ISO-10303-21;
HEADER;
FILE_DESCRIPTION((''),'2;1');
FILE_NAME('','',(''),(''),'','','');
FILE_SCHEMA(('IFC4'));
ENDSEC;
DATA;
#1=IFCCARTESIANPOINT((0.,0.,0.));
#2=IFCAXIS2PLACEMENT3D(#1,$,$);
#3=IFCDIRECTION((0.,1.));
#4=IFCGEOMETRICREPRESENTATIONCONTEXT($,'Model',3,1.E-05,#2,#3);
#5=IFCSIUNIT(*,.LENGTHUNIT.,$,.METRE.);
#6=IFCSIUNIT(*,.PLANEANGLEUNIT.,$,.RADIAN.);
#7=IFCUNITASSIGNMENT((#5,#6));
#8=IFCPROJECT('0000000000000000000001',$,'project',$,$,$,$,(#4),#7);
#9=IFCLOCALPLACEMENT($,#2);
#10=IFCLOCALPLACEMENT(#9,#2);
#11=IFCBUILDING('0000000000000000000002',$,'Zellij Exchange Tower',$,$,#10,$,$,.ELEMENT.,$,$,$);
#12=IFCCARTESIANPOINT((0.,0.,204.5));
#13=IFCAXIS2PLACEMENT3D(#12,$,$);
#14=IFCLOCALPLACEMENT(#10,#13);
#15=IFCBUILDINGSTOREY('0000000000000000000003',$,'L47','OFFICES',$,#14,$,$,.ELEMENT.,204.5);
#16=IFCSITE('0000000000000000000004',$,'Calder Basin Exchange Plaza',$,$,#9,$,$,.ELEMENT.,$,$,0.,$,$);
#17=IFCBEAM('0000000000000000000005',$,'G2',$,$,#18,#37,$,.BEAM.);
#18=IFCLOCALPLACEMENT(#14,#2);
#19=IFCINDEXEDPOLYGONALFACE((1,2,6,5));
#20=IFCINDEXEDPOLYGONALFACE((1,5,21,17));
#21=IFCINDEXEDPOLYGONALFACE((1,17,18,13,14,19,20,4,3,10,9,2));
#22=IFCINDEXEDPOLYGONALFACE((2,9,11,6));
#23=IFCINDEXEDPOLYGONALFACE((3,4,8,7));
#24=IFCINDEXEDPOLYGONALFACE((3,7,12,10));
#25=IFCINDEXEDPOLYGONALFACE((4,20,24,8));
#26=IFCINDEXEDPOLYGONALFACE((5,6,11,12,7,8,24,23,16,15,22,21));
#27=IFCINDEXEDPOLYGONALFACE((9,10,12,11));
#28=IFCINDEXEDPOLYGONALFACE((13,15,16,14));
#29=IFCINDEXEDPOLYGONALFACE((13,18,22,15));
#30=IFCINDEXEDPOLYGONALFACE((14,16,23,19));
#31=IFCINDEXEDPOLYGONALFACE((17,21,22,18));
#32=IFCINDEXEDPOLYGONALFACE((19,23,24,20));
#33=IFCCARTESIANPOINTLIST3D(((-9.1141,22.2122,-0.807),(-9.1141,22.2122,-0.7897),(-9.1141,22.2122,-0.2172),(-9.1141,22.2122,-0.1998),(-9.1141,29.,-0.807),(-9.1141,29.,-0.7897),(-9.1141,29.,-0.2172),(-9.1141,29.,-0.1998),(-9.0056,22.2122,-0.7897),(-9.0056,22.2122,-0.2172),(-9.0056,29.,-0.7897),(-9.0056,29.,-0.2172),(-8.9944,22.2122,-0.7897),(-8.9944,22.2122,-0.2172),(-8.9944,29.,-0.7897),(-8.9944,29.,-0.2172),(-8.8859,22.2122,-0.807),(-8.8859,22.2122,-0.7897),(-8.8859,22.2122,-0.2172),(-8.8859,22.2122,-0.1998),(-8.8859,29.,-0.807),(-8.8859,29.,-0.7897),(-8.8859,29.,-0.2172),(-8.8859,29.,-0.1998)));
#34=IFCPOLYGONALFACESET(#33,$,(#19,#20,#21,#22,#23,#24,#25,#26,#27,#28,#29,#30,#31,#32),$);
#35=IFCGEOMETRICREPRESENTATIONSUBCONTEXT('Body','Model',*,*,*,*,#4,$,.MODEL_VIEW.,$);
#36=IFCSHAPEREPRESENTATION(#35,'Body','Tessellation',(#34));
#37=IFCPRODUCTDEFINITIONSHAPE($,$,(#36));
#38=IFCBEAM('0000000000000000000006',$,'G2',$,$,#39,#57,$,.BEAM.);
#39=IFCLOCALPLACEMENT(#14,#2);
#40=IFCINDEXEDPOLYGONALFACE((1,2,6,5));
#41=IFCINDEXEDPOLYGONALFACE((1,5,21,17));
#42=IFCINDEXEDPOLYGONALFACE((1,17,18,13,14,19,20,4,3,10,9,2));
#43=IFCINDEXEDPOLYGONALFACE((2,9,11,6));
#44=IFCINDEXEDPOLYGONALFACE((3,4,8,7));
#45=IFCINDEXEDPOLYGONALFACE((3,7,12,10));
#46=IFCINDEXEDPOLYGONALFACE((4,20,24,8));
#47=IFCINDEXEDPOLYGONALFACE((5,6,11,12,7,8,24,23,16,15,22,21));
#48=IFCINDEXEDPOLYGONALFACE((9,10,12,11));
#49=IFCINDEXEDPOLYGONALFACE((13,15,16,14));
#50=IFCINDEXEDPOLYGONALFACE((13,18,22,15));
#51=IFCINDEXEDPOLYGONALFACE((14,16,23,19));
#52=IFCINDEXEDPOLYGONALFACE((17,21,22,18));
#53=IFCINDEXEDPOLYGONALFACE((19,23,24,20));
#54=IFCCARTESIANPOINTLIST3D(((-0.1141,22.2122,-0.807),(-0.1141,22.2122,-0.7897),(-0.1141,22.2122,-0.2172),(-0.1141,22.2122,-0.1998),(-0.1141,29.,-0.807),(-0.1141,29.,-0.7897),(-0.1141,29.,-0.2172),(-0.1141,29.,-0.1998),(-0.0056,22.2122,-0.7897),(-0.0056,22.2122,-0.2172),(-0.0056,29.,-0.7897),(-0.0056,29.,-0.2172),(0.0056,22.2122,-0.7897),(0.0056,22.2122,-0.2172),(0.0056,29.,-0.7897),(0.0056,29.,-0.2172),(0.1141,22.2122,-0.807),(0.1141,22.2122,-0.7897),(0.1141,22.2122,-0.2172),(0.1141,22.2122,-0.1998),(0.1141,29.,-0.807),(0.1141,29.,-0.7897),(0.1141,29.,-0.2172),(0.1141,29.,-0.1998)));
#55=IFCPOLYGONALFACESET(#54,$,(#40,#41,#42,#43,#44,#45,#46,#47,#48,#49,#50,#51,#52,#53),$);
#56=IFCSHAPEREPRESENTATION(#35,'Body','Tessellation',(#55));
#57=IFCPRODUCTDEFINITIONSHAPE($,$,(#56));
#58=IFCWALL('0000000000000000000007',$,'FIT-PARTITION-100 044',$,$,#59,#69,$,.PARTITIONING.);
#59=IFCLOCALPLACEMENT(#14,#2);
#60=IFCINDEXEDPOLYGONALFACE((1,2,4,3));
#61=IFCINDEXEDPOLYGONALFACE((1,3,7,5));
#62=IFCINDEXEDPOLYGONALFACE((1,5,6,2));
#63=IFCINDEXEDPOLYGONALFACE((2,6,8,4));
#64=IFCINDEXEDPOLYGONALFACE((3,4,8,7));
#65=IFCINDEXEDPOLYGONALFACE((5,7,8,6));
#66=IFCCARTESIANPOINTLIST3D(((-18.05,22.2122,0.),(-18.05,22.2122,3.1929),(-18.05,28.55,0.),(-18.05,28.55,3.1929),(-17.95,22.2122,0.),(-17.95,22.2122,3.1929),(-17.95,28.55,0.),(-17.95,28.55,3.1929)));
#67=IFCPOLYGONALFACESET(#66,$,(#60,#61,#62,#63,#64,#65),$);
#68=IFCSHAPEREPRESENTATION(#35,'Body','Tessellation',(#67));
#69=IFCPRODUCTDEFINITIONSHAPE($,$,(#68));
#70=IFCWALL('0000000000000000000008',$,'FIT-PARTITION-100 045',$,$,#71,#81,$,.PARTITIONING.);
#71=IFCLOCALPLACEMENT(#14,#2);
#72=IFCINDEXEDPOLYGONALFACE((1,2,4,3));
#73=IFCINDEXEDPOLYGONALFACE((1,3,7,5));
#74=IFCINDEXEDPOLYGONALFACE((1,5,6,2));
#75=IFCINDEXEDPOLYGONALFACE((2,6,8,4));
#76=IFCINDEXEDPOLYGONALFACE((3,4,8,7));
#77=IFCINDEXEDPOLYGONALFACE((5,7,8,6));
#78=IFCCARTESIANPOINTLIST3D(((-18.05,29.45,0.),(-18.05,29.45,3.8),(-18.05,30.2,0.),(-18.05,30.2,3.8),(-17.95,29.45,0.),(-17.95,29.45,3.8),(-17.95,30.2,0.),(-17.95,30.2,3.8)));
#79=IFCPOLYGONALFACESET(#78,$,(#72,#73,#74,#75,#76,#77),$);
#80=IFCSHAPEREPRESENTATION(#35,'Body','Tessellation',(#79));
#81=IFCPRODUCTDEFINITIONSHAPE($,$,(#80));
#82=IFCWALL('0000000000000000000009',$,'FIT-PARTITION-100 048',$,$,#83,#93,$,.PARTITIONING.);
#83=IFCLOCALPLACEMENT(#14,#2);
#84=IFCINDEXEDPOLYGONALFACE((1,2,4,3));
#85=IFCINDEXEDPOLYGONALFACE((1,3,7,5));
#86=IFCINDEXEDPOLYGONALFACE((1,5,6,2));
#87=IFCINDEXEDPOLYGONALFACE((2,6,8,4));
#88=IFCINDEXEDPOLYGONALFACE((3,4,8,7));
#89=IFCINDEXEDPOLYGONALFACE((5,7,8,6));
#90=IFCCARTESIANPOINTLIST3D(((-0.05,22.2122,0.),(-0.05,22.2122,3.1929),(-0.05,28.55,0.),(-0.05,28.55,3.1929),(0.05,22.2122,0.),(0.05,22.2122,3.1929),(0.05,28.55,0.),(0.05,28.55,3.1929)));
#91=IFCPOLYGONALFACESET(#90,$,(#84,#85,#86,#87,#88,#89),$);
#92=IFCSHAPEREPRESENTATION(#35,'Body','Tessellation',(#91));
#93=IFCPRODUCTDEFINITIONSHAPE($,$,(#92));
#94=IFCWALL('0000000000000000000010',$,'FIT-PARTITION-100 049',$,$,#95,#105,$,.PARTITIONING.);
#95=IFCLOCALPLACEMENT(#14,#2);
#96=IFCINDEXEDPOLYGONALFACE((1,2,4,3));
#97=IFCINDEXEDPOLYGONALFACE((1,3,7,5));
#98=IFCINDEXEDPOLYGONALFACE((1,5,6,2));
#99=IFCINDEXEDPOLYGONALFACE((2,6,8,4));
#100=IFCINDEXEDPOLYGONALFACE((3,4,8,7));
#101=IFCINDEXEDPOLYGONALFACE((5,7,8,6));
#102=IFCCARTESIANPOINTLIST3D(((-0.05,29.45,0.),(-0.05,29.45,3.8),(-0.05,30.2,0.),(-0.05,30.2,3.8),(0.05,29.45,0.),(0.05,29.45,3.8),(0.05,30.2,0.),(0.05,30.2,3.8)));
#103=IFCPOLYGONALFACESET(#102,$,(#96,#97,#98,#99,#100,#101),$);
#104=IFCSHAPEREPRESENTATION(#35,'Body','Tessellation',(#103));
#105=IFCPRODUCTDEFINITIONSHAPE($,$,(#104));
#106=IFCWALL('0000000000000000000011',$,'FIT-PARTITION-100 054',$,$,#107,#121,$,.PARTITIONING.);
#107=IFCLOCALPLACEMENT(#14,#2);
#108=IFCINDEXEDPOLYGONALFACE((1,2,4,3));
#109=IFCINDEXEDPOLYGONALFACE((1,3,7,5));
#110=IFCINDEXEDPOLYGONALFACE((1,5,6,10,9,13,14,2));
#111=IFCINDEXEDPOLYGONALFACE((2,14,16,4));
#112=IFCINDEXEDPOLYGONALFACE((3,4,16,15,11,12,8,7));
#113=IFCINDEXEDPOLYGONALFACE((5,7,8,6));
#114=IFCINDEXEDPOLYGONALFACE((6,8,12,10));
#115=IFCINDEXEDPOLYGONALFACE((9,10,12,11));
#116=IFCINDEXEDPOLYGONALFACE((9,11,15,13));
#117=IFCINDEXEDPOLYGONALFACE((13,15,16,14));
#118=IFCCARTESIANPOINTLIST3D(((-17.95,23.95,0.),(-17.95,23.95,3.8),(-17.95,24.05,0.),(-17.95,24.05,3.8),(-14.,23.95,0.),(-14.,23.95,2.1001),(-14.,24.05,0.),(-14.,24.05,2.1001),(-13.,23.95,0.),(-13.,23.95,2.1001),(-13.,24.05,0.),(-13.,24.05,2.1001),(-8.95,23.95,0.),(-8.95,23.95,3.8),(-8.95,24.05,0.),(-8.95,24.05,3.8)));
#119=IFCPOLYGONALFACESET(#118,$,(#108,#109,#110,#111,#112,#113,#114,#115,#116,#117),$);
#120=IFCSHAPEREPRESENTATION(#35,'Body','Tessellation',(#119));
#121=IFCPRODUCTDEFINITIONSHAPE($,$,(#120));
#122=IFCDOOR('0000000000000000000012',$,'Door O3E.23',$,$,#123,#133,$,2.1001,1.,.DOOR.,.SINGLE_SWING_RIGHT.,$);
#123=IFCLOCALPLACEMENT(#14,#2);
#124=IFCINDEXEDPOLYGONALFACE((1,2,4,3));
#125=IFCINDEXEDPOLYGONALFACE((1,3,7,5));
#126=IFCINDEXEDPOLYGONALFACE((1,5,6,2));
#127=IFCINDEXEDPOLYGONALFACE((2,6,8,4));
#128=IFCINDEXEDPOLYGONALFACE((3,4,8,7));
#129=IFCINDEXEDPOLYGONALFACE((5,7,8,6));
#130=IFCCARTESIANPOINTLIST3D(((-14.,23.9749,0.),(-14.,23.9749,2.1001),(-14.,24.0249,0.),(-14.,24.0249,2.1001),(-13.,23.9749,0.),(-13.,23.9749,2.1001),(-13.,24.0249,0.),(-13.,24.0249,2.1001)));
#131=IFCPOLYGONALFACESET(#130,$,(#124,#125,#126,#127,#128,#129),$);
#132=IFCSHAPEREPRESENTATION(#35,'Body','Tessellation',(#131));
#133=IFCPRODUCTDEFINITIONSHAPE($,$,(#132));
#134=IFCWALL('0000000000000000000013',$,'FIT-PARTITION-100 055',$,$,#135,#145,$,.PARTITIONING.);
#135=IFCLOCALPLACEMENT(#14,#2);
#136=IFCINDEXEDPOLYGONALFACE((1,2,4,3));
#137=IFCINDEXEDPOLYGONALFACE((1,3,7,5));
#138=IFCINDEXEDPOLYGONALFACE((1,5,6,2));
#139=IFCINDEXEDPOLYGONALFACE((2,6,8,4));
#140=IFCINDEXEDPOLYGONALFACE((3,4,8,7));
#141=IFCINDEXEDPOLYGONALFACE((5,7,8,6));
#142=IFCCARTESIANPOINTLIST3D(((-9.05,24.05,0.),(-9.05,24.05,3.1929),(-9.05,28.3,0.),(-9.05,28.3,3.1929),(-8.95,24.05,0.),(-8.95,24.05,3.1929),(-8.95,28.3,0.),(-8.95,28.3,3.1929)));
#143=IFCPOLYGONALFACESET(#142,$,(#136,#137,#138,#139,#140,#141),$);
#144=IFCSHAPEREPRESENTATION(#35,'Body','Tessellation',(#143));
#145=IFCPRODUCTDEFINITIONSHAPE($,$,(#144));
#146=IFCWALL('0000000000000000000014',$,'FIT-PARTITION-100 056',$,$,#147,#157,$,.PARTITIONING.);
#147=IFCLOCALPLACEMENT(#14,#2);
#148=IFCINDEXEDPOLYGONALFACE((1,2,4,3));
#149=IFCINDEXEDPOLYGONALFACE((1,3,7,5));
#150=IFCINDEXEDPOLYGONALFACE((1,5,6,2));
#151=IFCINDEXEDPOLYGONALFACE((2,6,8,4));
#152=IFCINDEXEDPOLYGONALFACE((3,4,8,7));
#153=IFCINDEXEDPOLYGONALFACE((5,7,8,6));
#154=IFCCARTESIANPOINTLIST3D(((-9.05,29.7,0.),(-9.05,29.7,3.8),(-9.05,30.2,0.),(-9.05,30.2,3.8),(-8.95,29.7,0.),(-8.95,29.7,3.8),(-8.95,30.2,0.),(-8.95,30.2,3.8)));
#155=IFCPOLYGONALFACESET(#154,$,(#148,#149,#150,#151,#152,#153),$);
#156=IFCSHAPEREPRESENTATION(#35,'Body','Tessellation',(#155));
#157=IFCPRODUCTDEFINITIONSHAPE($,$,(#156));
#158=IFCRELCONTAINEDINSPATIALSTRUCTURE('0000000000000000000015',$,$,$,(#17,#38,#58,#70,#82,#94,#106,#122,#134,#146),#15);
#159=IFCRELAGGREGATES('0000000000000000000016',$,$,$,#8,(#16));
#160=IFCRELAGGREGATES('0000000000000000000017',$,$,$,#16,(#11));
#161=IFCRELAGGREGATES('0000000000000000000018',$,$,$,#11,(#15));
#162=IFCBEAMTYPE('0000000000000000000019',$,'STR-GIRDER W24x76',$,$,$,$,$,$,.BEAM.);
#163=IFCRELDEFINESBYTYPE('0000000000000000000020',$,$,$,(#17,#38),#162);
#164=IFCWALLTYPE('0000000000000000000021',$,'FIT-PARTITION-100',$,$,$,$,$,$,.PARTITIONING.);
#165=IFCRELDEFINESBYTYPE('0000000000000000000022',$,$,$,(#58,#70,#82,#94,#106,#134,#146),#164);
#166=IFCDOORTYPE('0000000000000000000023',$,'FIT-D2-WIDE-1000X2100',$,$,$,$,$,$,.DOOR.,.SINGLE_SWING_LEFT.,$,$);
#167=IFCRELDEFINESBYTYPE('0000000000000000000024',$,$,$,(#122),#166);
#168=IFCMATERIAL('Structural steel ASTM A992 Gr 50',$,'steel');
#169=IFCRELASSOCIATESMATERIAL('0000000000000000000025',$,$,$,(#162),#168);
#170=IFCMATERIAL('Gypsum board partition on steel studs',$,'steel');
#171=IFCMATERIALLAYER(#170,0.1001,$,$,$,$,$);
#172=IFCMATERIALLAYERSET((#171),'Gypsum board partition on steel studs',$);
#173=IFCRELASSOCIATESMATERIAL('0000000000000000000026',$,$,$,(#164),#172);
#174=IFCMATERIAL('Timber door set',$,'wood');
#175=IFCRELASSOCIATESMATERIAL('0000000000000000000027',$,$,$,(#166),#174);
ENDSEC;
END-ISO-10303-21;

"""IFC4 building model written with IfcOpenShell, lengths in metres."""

from ifc_helpers import new_model, si_unit, direction, frame, frame_2d, origin, origin_2d, place, context, subcontext, project, spatial, rectangle, i_section, extrude, material, layer, layer_set, material_profile, profile_set, type_object, element, fill, save


model = new_model("IFC4")

# Units and contexts
model_context = context("Model", 3, precision=1e-05, world=origin(), true_north=direction((0.0, 1.0)))
body_context = subcontext(model_context, "Body", "Model", "MODEL_VIEW")
ifc_project = project(units=[si_unit("LENGTHUNIT", "METRE"), si_unit("PLANEANGLEUNIT", "RADIAN")], contexts=[model_context])

# Site, building, storey
site_placement = place(None, origin())
site = spatial("IfcSite", under=ifc_project, at=site_placement, Name="Calder Basin Exchange Plaza", CompositionType="ELEMENT", RefElevation=0.0)
building_placement = place(site_placement, origin())
building = spatial("IfcBuilding", under=site, at=building_placement, Name="Zellij Exchange Tower", CompositionType="ELEMENT")
storey_placement = place(building_placement, frame((0.0, 0.0, 204.5)))
storey = spatial("IfcBuildingStorey", under=building, at=storey_placement, Name="L47", Description="OFFICES", CompositionType="ELEMENT", Elevation=204.5)

# Beams
ifc_material_1 = material(Name="Structural steel ASTM A992 Gr 50", Category="steel")
ifc_material_profile_1 = material_profile(ifc_material_1, i_section(OverallWidth=0.2283, OverallDepth=0.6072, WebThickness=0.0112, FlangeThickness=0.0173, at=origin_2d()), Name="W24x76")
ifc_profile_set_1 = profile_set([ifc_material_profile_1], Name="Structural steel ASTM A992 Gr 50")
beam_type = type_object("IfcBeamType", Name="STR-GIRDER W24x76", PredefinedType="BEAM", material=ifc_profile_set_1)
for number, where, z_axis, x_axis, name in (
    (1, (-9.0, 22.2122, -0.5034), (0.0, 1.0, 0.0), (-1.0, 0.0, 0.0), "G2"),
    (2, (0.0, 22.2122, -0.5034), (0.0, 1.0, 0.0), (-1.0, 0.0, 0.0), "G2"),
):
    element("IfcBeam", number, at=place(storey_placement, frame(where, z_axis=z_axis, x_axis=x_axis)), inside=storey, type_object=beam_type, Name=name, PredefinedType="BEAM", context=body_context, shape_type="SweptSolid", body=[
        extrude(i_section(OverallWidth=0.2283, OverallDepth=0.6072, WebThickness=0.0112, FlangeThickness=0.0173, at=origin_2d()), origin(), (0.0, 0.0, 1.0), 6.7878),
    ])

# Walls
ifc_material_2 = material(Name="Gypsum board partition on steel studs", Category="steel")
ifc_layer_1 = layer(ifc_material_2, 0.1001)
ifc_layer_set_1 = layer_set([ifc_layer_1], Name="Gypsum board partition on steel studs")
wall_type = type_object("IfcWallType", Name="FIT-PARTITION-100", PredefinedType="PARTITIONING", material=ifc_layer_set_1)
wall_1_placement = place(storey_placement, frame((-18.0, 22.2122, 0.0), z_axis=(0.0, 0.0, 1.0), x_axis=(0.0, 1.0, 0.0)))
element("IfcWall", 3, at=wall_1_placement, inside=storey, type_object=wall_type, Name="FIT-PARTITION-100 044", PredefinedType="PARTITIONING", context=body_context, shape_type="SweptSolid", body=[
    extrude(rectangle(XDim=6.3379, YDim=0.1001, at=frame_2d((3.1689, 0.0))), origin(), (0.0, 0.0, 1.0), 3.1929),
])
wall_2_placement = place(storey_placement, frame((-18.0, 29.45, 0.0), z_axis=(0.0, 0.0, 1.0), x_axis=(0.0, 1.0, 0.0)))
element("IfcWall", 4, at=wall_2_placement, inside=storey, type_object=wall_type, Name="FIT-PARTITION-100 045", PredefinedType="PARTITIONING", context=body_context, shape_type="SweptSolid", body=[
    extrude(rectangle(XDim=0.75, YDim=0.1001, at=frame_2d((0.375, 0.0))), origin(), (0.0, 0.0, 1.0), 3.8),
])
wall_3_placement = place(storey_placement, frame((0.0, 22.2122, 0.0), z_axis=(0.0, 0.0, 1.0), x_axis=(0.0, 1.0, 0.0)))
element("IfcWall", 5, at=wall_3_placement, inside=storey, type_object=wall_type, Name="FIT-PARTITION-100 048", PredefinedType="PARTITIONING", context=body_context, shape_type="SweptSolid", body=[
    extrude(rectangle(XDim=6.3379, YDim=0.1001, at=frame_2d((3.1689, 0.0))), origin(), (0.0, 0.0, 1.0), 3.1929),
])
wall_4_placement = place(storey_placement, frame((0.0, 29.45, 0.0), z_axis=(0.0, 0.0, 1.0), x_axis=(0.0, 1.0, 0.0)))
element("IfcWall", 6, at=wall_4_placement, inside=storey, type_object=wall_type, Name="FIT-PARTITION-100 049", PredefinedType="PARTITIONING", context=body_context, shape_type="SweptSolid", body=[
    extrude(rectangle(XDim=0.75, YDim=0.1001, at=frame_2d((0.375, 0.0))), origin(), (0.0, 0.0, 1.0), 3.8),
])

# Wall, opening, door
wall_5_placement = place(storey_placement, frame((-17.95, 24.0, 0.0), z_axis=(0.0, 0.0, 1.0), x_axis=(1.0, 0.0, 0.0)))
wall_5 = element("IfcWall", 7, at=wall_5_placement, inside=storey, type_object=wall_type, Name="FIT-PARTITION-100 054", PredefinedType="PARTITIONING", context=body_context, shape_type="SweptSolid", body=[
    extrude(rectangle(XDim=9.0, YDim=0.1001, at=frame_2d((4.5, 0.0))), origin(), (0.0, 0.0, 1.0), 3.8),
])
opening_placement = place(wall_5_placement, frame((3.95, 0.0, 0.0)))
opening = element("IfcOpeningElement", 8, at=opening_placement, cuts=wall_5, PredefinedType="OPENING", context=body_context, shape_type="SweptSolid", body=[
    extrude(rectangle(XDim=1.0, YDim=2.1001, at=frame_2d((0.5, 1.05))), frame((0.0, 0.062, 0.0), z_axis=(0.0, -1.0, 0.0), x_axis=(1.0, 0.0, 0.0)), (0.0, 0.0, 1.0), 0.124),
])
ifc_material_3 = material(Name="Timber door set", Category="wood")
door_type = type_object("IfcDoorType", Name="FIT-D2-WIDE-1000X2100", OperationType="SINGLE_SWING_LEFT", PredefinedType="DOOR", material=ifc_material_3)
door_placement = place(opening_placement, origin())
door = element("IfcDoor", 9, at=door_placement, inside=storey, type_object=door_type, Name="Door O3E.23", OperationType="SINGLE_SWING_RIGHT", OverallHeight=2.1001, OverallWidth=1.0, PredefinedType="DOOR", context=body_context, shape_type="SweptSolid", body=[
    extrude(rectangle(XDim=1.0, YDim=2.1001, at=frame_2d((0.5, 1.05))), frame((0.0, 0.0249, 0.0), z_axis=(0.0, -1.0, 0.0), x_axis=(1.0, 0.0, 0.0)), (0.0, 0.0, 1.0), 0.05),
])
fill(opening, door)

# Walls
wall_6_placement = place(storey_placement, frame((-9.0, 24.05, 0.0), z_axis=(0.0, 0.0, 1.0), x_axis=(0.0, 1.0, 0.0)))
element("IfcWall", 10, at=wall_6_placement, inside=storey, type_object=wall_type, Name="FIT-PARTITION-100 055", PredefinedType="PARTITIONING", context=body_context, shape_type="SweptSolid", body=[
    extrude(rectangle(XDim=4.25, YDim=0.1001, at=frame_2d((2.125, 0.0))), origin(), (0.0, 0.0, 1.0), 3.1929),
])
wall_7_placement = place(storey_placement, frame((-9.0, 29.7, 0.0), z_axis=(0.0, 0.0, 1.0), x_axis=(0.0, 1.0, 0.0)))
element("IfcWall", 11, at=wall_7_placement, inside=storey, type_object=wall_type, Name="FIT-PARTITION-100 056", PredefinedType="PARTITIONING", context=body_context, shape_type="SweptSolid", body=[
    extrude(rectangle(XDim=0.5, YDim=0.1001, at=frame_2d((0.25, 0.0))), origin(), (0.0, 0.0, 1.0), 3.8),
])

save(model, "model.ifc")
